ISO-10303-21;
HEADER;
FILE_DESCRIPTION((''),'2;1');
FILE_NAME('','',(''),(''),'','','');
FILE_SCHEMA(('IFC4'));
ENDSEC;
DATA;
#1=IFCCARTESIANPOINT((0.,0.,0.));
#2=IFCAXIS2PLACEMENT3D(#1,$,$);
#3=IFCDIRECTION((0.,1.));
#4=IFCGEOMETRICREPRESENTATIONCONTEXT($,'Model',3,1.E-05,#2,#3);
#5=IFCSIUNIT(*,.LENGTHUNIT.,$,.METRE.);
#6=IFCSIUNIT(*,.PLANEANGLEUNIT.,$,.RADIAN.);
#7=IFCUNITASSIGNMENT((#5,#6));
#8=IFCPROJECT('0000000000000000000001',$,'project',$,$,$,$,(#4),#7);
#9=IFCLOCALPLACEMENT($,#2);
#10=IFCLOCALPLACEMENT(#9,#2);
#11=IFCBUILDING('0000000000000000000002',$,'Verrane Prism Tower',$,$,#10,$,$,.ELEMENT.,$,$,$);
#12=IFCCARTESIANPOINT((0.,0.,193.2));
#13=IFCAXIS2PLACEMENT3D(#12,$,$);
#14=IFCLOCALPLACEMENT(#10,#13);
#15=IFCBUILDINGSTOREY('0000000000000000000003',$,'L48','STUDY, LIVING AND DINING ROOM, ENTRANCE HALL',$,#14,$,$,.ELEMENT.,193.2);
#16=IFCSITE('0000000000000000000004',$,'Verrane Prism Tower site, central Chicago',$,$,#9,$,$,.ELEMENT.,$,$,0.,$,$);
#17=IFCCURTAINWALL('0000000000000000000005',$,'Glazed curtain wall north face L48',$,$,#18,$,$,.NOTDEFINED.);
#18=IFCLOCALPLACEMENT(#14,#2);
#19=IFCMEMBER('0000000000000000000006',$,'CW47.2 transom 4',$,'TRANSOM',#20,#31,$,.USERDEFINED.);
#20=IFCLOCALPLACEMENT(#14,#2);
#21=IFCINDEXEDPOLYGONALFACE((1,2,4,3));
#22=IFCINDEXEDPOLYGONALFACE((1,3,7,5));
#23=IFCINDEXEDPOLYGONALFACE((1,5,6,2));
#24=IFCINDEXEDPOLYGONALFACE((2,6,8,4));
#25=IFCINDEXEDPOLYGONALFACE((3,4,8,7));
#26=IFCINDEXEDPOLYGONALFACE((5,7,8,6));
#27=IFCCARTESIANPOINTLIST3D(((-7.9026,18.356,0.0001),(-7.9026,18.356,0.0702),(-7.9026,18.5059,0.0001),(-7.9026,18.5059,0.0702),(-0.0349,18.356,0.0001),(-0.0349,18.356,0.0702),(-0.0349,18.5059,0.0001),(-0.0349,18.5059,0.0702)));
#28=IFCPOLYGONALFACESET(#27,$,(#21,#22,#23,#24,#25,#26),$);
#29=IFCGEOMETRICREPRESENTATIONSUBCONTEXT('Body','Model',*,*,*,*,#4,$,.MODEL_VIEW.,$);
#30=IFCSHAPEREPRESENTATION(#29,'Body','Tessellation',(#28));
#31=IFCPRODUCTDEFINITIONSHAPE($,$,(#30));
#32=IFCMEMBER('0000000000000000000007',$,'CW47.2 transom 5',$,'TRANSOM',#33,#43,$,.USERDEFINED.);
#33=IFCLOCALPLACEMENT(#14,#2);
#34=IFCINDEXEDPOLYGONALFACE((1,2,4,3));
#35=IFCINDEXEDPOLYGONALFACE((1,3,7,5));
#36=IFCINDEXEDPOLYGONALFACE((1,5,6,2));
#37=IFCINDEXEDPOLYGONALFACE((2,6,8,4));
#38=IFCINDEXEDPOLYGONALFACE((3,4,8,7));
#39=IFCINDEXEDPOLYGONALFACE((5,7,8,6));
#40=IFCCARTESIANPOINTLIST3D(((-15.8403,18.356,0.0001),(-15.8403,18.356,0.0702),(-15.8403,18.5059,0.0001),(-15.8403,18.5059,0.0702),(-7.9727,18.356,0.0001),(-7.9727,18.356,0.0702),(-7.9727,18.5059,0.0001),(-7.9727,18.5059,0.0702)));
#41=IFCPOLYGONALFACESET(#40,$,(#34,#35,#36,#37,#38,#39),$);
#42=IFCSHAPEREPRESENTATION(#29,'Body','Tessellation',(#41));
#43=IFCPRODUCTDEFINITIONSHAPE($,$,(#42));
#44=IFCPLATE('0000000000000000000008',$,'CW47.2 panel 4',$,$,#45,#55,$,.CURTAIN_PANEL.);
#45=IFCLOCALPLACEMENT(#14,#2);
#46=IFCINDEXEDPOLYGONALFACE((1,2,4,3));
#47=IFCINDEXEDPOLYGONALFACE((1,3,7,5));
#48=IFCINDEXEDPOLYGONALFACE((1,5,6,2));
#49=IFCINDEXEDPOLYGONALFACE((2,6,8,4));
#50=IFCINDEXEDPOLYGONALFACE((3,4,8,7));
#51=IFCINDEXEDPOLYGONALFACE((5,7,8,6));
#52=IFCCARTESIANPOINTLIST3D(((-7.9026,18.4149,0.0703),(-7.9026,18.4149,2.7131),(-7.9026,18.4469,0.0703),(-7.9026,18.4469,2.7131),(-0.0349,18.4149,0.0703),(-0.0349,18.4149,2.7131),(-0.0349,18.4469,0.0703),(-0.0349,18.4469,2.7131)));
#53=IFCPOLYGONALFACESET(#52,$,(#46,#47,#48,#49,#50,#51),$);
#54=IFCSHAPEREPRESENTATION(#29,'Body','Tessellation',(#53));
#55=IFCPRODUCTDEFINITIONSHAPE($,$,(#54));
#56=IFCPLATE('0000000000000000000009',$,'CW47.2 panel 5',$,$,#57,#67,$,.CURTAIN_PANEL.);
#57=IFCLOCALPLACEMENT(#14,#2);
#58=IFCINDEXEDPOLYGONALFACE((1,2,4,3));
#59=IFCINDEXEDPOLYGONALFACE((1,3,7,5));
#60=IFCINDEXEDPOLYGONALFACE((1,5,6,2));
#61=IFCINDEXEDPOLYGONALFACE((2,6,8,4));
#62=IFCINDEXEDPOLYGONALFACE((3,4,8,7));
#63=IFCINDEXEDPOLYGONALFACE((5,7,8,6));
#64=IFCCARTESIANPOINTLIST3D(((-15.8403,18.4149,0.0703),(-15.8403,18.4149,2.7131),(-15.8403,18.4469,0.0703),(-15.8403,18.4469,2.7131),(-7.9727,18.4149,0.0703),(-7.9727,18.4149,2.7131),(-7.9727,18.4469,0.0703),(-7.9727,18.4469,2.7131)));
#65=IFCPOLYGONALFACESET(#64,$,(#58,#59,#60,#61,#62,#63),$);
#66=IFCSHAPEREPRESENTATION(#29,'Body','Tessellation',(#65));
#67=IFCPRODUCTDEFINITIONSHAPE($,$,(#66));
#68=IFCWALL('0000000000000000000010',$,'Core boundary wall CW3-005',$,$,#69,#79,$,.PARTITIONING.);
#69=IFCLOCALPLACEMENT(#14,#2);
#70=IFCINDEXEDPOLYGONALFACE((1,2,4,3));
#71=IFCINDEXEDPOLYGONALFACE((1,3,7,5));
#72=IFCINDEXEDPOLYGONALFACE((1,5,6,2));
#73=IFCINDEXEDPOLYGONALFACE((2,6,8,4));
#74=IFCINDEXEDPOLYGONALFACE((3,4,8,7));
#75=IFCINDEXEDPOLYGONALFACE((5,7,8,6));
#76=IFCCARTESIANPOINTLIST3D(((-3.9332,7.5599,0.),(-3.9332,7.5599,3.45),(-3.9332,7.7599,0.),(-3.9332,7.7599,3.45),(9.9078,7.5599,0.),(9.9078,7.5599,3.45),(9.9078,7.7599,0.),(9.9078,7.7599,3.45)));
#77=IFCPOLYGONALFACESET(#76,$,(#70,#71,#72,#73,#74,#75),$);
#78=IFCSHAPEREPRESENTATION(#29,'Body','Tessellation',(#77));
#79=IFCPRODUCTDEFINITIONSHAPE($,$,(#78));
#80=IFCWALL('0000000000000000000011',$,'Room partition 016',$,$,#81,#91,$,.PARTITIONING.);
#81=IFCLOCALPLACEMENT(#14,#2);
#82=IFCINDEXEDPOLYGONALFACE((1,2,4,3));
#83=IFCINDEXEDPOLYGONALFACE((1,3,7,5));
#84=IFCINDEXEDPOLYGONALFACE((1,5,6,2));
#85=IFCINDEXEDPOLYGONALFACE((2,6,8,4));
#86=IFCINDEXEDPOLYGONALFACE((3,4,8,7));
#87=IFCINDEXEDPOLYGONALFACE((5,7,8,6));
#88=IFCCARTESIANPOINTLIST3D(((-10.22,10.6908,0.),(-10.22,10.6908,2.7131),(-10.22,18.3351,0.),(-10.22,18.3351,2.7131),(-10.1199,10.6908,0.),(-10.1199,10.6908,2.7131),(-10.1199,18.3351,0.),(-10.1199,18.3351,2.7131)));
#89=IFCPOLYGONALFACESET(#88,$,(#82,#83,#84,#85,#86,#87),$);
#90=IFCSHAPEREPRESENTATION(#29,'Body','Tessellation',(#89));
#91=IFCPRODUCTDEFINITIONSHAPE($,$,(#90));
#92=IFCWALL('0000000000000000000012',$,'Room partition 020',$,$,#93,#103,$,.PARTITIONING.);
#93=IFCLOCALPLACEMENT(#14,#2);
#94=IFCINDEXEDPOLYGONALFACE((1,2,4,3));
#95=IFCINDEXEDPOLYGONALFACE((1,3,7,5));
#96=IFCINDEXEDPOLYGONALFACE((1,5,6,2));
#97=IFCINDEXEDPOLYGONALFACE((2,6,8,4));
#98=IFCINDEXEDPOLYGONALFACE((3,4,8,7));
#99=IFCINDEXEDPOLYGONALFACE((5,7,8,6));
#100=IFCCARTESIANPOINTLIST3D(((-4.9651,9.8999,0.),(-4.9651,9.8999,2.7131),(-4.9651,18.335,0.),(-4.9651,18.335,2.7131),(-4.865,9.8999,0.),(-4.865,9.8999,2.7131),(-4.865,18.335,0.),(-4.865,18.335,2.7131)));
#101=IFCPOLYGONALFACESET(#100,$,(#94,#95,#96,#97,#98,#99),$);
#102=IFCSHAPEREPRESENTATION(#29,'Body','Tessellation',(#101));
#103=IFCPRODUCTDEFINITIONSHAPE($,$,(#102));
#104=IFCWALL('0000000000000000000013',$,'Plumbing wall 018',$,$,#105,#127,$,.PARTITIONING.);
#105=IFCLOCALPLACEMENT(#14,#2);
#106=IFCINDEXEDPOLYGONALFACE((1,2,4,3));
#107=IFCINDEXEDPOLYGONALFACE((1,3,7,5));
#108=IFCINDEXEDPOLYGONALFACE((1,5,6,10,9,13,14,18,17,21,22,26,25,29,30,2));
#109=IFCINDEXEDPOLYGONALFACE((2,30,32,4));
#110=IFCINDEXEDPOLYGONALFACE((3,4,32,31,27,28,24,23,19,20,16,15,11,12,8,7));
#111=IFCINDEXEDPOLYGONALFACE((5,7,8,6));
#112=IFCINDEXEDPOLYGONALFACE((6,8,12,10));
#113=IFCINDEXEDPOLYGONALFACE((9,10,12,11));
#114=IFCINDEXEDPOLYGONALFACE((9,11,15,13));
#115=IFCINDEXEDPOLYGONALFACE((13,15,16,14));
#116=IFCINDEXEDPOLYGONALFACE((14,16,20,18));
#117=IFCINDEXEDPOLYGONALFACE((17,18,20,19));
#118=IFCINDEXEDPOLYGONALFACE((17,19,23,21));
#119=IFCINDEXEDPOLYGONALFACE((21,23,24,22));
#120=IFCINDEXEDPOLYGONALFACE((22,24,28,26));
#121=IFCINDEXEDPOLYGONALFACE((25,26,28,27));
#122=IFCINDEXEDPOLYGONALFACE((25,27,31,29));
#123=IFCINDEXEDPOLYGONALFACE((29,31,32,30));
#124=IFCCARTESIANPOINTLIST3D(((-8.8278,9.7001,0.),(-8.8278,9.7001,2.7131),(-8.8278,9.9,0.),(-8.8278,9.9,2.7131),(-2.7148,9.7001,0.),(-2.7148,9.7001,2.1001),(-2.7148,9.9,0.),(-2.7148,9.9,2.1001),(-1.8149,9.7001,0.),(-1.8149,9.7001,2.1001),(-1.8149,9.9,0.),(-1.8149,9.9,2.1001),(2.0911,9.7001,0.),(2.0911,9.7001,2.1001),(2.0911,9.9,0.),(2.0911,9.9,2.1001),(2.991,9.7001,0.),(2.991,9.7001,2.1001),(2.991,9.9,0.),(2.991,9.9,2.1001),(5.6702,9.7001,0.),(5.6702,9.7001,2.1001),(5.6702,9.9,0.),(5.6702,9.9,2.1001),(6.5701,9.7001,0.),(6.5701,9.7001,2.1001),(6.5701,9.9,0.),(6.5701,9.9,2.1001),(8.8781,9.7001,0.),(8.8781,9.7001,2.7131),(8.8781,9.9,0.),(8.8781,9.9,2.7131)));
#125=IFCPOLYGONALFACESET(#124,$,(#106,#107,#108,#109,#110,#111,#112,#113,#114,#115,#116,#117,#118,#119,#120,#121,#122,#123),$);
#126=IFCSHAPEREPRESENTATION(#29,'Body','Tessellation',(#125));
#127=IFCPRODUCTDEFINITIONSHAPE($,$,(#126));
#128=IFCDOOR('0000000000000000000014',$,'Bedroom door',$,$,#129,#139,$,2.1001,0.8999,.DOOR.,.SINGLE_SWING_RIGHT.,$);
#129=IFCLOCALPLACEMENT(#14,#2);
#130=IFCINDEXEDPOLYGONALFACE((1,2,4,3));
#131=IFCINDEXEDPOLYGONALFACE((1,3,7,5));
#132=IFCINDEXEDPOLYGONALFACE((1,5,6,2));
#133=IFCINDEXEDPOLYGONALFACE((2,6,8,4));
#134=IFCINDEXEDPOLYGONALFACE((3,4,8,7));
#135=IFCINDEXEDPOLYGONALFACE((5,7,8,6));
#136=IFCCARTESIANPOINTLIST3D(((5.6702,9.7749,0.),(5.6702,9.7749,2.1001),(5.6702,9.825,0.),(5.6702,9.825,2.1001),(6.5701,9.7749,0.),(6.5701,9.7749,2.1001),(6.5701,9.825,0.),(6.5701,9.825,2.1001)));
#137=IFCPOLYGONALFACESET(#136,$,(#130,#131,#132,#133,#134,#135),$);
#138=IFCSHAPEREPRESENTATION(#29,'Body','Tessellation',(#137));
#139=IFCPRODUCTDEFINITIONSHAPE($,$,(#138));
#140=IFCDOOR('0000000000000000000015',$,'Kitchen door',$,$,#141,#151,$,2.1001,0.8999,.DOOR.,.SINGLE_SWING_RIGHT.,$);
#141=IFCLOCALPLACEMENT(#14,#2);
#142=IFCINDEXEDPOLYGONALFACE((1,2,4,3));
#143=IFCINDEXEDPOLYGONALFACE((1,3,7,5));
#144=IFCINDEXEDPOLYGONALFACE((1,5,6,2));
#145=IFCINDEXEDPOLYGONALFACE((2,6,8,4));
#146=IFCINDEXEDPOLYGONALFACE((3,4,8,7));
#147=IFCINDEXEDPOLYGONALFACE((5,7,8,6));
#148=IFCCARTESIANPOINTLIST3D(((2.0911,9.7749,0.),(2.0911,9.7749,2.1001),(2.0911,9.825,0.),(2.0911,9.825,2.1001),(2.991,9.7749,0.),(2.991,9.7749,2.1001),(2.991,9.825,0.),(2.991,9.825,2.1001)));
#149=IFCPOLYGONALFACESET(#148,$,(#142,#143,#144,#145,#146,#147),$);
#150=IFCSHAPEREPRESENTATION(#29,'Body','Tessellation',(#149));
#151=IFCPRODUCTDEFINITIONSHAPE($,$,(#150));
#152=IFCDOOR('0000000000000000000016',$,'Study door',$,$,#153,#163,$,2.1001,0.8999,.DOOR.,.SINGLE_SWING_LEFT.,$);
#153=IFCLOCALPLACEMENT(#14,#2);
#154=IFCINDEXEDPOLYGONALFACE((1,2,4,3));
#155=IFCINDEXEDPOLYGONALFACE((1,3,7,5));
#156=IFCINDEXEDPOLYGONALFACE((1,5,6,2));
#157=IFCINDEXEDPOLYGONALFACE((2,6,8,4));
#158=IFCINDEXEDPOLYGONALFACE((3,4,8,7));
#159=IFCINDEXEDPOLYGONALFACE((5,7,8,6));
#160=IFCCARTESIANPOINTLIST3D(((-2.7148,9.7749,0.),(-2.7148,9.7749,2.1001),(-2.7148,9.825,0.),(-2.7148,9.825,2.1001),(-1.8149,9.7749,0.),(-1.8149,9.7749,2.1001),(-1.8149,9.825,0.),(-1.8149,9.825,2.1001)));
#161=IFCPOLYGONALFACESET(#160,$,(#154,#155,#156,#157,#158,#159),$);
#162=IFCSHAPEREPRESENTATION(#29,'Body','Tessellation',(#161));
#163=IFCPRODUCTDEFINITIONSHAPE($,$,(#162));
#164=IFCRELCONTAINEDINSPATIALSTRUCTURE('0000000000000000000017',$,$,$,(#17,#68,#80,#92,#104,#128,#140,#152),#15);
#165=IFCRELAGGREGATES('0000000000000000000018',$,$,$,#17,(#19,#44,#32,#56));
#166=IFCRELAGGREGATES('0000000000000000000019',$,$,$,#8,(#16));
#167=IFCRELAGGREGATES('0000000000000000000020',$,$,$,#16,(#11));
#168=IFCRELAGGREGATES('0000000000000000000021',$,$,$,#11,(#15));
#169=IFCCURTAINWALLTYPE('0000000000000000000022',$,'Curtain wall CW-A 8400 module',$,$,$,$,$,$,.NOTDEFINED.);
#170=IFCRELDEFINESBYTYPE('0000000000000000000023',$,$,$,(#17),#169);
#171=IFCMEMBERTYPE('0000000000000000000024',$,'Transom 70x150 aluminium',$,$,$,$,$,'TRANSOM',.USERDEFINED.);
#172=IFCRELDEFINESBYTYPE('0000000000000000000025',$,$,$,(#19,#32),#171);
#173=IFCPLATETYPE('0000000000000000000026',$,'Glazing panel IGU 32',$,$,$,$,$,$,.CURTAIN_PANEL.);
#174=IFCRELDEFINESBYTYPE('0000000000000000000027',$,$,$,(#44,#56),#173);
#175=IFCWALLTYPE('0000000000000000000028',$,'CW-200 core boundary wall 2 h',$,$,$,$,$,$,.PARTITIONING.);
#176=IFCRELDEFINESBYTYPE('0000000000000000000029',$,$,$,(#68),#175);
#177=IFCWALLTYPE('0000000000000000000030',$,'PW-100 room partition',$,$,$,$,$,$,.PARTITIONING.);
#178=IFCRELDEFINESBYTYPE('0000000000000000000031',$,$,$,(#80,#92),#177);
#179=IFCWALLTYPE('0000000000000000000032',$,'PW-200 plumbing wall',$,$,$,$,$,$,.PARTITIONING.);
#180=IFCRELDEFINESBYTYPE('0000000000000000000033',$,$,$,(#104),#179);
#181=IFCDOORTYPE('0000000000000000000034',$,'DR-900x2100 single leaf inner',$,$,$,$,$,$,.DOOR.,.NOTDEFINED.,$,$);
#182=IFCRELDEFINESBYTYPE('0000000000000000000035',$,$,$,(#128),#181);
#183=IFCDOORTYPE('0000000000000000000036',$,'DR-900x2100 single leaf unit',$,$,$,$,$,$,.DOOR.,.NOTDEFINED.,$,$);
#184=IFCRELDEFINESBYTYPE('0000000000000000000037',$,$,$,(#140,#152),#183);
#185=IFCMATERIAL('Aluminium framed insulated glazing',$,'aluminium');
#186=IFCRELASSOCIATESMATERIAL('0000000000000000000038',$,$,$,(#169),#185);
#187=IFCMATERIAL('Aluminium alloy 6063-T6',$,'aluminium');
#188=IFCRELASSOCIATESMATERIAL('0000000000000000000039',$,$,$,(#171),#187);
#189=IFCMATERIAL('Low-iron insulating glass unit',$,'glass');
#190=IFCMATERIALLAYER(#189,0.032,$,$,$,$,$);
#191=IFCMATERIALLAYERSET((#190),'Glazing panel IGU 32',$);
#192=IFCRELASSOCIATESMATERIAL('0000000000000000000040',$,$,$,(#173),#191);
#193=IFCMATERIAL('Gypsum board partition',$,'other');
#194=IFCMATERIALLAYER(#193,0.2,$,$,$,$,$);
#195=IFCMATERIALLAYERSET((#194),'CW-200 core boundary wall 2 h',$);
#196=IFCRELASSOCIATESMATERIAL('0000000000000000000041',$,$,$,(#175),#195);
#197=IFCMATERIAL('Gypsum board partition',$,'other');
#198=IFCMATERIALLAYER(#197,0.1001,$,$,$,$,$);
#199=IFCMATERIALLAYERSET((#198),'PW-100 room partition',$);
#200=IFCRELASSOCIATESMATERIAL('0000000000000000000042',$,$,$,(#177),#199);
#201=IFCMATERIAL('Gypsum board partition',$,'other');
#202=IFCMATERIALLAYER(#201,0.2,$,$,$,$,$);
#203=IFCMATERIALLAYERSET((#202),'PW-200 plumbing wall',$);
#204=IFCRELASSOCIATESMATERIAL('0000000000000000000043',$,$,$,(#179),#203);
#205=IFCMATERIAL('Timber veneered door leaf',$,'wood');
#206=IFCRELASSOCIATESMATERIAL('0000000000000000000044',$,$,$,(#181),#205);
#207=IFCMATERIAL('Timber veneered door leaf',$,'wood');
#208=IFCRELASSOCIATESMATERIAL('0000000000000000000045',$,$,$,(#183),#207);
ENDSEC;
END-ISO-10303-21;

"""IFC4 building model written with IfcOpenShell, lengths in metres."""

from ifc_helpers import new_model, si_unit, direction, frame, frame_2d, origin, origin_2d, place, context, subcontext, project, spatial, rectangle, extrude, material, layer, layer_set, material_profile, profile_set, type_object, element, fill, aggregate, save


model = new_model("IFC4")

# Units and contexts
model_context = context("Model", 3, precision=1e-05, world=origin(), true_north=direction((0.0, 1.0)))
body_context = subcontext(model_context, "Body", "Model", "MODEL_VIEW")
ifc_project = project(units=[si_unit("LENGTHUNIT", "METRE"), si_unit("PLANEANGLEUNIT", "RADIAN")], contexts=[model_context])

# Site, building, storey
site_placement = place(None, origin())
site = spatial("IfcSite", under=ifc_project, at=site_placement, Name="Verrane Prism Tower site, central Chicago", CompositionType="ELEMENT", RefElevation=0.0)
building_placement = place(site_placement, origin())
building = spatial("IfcBuilding", under=site, at=building_placement, Name="Verrane Prism Tower", CompositionType="ELEMENT")
storey_placement = place(building_placement, frame((0.0, 0.0, 193.2)))
storey = spatial("IfcBuildingStorey", under=building, at=storey_placement, Name="L48", Description="STUDY, LIVING AND DINING ROOM, ENTRANCE HALL", CompositionType="ELEMENT", Elevation=193.2)

# Curtain wall
ifc_material_1 = material(Name="Aluminium framed insulated glazing", Category="aluminium")
curtain_wall_type = type_object("IfcCurtainWallType", Name="Curtain wall CW-A 8400 module", PredefinedType="NOTDEFINED", material=ifc_material_1)
curtain_wall_placement = place(storey_placement, origin())
curtain_wall = element("IfcCurtainWall", 1, at=curtain_wall_placement, inside=storey, type_object=curtain_wall_type, Name="Glazed curtain wall north face L48", PredefinedType="NOTDEFINED")

# Members
ifc_material_2 = material(Name="Aluminium alloy 6063-T6", Category="aluminium")
ifc_material_profile_1 = material_profile(ifc_material_2, rectangle(XDim=0.1499, YDim=0.0701, at=origin_2d()), Name="Transom 70x150 aluminium")
ifc_profile_set_1 = profile_set([ifc_material_profile_1], Name="Aluminium alloy 6063-T6")
member_type_1 = type_object("IfcMemberType", Name="Transom 70x150 aluminium", ElementType="TRANSOM", PredefinedType="USERDEFINED", material=ifc_profile_set_1)
member_1_placement = place(storey_placement, frame((-0.0349, 18.4309, 0.0352), z_axis=(-1.0, 0.0, 0.0), x_axis=(0.0, -1.0, 0.0)))
member_1 = element("IfcMember", 2, at=member_1_placement, type_object=member_type_1, Name="CW47.2 transom 4", ObjectType="TRANSOM", PredefinedType="USERDEFINED", context=body_context, shape_type="SweptSolid", body=[
    extrude(rectangle(XDim=0.1499, YDim=0.0701, at=origin_2d()), origin(), (0.0, 0.0, 1.0), 7.8677),
])
member_2_placement = place(storey_placement, frame((-7.9727, 18.4309, 0.0352), z_axis=(-1.0, 0.0, 0.0), x_axis=(0.0, -1.0, 0.0)))
member_2 = element("IfcMember", 3, at=member_2_placement, type_object=member_type_1, Name="CW47.2 transom 5", ObjectType="TRANSOM", PredefinedType="USERDEFINED", context=body_context, shape_type="SweptSolid", body=[
    extrude(rectangle(XDim=0.1499, YDim=0.0701, at=origin_2d()), origin(), (0.0, 0.0, 1.0), 7.8677),
])

# Plates
ifc_material_3 = material(Name="Low-iron insulating glass unit", Category="glass")
ifc_layer_1 = layer(ifc_material_3, 0.032)
ifc_layer_set_1 = layer_set([ifc_layer_1], Name="Glazing panel IGU 32")
plate_type = type_object("IfcPlateType", Name="Glazing panel IGU 32", PredefinedType="CURTAIN_PANEL", material=ifc_layer_set_1)
plate_1_placement = place(storey_placement, frame((-3.9688, 18.4309, 0.0703), z_axis=(0.0, 0.0, 1.0), x_axis=(-1.0, 0.0, 0.0)))
plate_1 = element("IfcPlate", 4, at=plate_1_placement, type_object=plate_type, Name="CW47.2 panel 4", PredefinedType="CURTAIN_PANEL", context=body_context, shape_type="SweptSolid", body=[
    extrude(rectangle(XDim=7.8677, YDim=0.032, at=origin_2d()), origin(), (0.0, 0.0, 1.0), 2.6428),
])
plate_2_placement = place(storey_placement, frame((-11.9065, 18.4309, 0.0703), z_axis=(0.0, 0.0, 1.0), x_axis=(-1.0, 0.0, 0.0)))
plate_2 = element("IfcPlate", 5, at=plate_2_placement, type_object=plate_type, Name="CW47.2 panel 5", PredefinedType="CURTAIN_PANEL", context=body_context, shape_type="SweptSolid", body=[
    extrude(rectangle(XDim=7.8677, YDim=0.032, at=origin_2d()), origin(), (0.0, 0.0, 1.0), 2.6428),
])
aggregate(curtain_wall, [member_1, plate_1, member_2, plate_2])

# Walls
ifc_material_4 = material(Name="Gypsum board partition", Category="other")
ifc_layer_2 = layer(ifc_material_4, 0.2)
ifc_layer_set_2 = layer_set([ifc_layer_2], Name="CW-200 core boundary wall 2 h")
wall_type_1 = type_object("IfcWallType", Name="CW-200 core boundary wall 2 h", PredefinedType="PARTITIONING", material=ifc_layer_set_2)
wall_1_placement = place(storey_placement, frame((-3.9331, 7.6599, 0.0), z_axis=(0.0, 0.0, 1.0), x_axis=(1.0, 0.0, 0.0)))
element("IfcWall", 6, at=wall_1_placement, inside=storey, type_object=wall_type_1, Name="Core boundary wall CW3-005", PredefinedType="PARTITIONING", context=body_context, shape_type="SweptSolid", body=[
    extrude(rectangle(XDim=13.8411, YDim=0.2, at=frame_2d((6.9204, 0.0))), origin(), (0.0, 0.0, 1.0), 3.45),
])
ifc_material_5 = material(Name="Gypsum board partition", Category="other")
ifc_layer_3 = layer(ifc_material_5, 0.1001)
ifc_layer_set_3 = layer_set([ifc_layer_3], Name="PW-100 room partition")
wall_type_2 = type_object("IfcWallType", Name="PW-100 room partition", PredefinedType="PARTITIONING", material=ifc_layer_set_3)
wall_2_placement = place(storey_placement, frame((-10.1699, 10.6907, 0.0), z_axis=(0.0, 0.0, 1.0), x_axis=(0.0, 1.0, 0.0)))
element("IfcWall", 7, at=wall_2_placement, inside=storey, type_object=wall_type_2, Name="Room partition 016", PredefinedType="PARTITIONING", context=body_context, shape_type="SweptSolid", body=[
    extrude(rectangle(XDim=7.6443, YDim=0.1001, at=frame_2d((3.8223, 0.0))), origin(), (0.0, 0.0, 1.0), 2.7131),
])
wall_3_placement = place(storey_placement, frame((-4.915, 9.8999, 0.0), z_axis=(0.0, 0.0, 1.0), x_axis=(0.0, 1.0, 0.0)))
element("IfcWall", 8, at=wall_3_placement, inside=storey, type_object=wall_type_2, Name="Room partition 020", PredefinedType="PARTITIONING", context=body_context, shape_type="SweptSolid", body=[
    extrude(rectangle(XDim=8.4351, YDim=0.1001, at=frame_2d((4.2175, 0.0))), origin(), (0.0, 0.0, 1.0), 2.7131),
])

# Wall, openings, doors
ifc_material_6 = material(Name="Gypsum board partition", Category="other")
ifc_layer_4 = layer(ifc_material_6, 0.2)
ifc_layer_set_4 = layer_set([ifc_layer_4], Name="PW-200 plumbing wall")
wall_type_3 = type_object("IfcWallType", Name="PW-200 plumbing wall", PredefinedType="PARTITIONING", material=ifc_layer_set_4)
wall_4_placement = place(storey_placement, frame((-8.8279, 9.8, 0.0), z_axis=(0.0, 0.0, 1.0), x_axis=(1.0, 0.0, 0.0)))
wall_4 = element("IfcWall", 9, at=wall_4_placement, inside=storey, type_object=wall_type_3, Name="Plumbing wall 018", PredefinedType="PARTITIONING", context=body_context, shape_type="SweptSolid", body=[
    extrude(rectangle(XDim=17.7058, YDim=0.2, at=frame_2d((8.853, 0.0))), origin(), (0.0, 0.0, 1.0), 2.7131),
])
opening_1_placement = place(wall_4_placement, frame((14.498, 0.0, 0.0)))
opening_1 = element("IfcOpeningElement", 10, at=opening_1_placement, cuts=wall_4, PredefinedType="OPENING", context=body_context, shape_type="SweptSolid", body=[
    extrude(rectangle(XDim=0.8999, YDim=2.1001, at=frame_2d((0.45, 1.05))), frame((0.0, 0.1099, 0.0), z_axis=(0.0, -1.0, 0.0), x_axis=(1.0, 0.0, 0.0)), (0.0, 0.0, 1.0), 0.22),
])
opening_2_placement = place(wall_4_placement, frame((10.9189, 0.0, 0.0)))
opening_2 = element("IfcOpeningElement", 11, at=opening_2_placement, cuts=wall_4, PredefinedType="OPENING", context=body_context, shape_type="SweptSolid", body=[
    extrude(rectangle(XDim=0.8999, YDim=2.1001, at=frame_2d((0.45, 1.05))), frame((0.0, 0.1099, 0.0), z_axis=(0.0, -1.0, 0.0), x_axis=(1.0, 0.0, 0.0)), (0.0, 0.0, 1.0), 0.22),
])
opening_3_placement = place(wall_4_placement, frame((6.113, 0.0, 0.0)))
opening_3 = element("IfcOpeningElement", 12, at=opening_3_placement, cuts=wall_4, PredefinedType="OPENING", context=body_context, shape_type="SweptSolid", body=[
    extrude(rectangle(XDim=0.8999, YDim=2.1001, at=frame_2d((0.45, 1.05))), frame((0.0, 0.1099, 0.0), z_axis=(0.0, -1.0, 0.0), x_axis=(1.0, 0.0, 0.0)), (0.0, 0.0, 1.0), 0.22),
])
ifc_material_7 = material(Name="Timber veneered door leaf", Category="wood")
door_type_1 = type_object("IfcDoorType", Name="DR-900x2100 single leaf inner", OperationType="NOTDEFINED", PredefinedType="DOOR", material=ifc_material_7)
door_1_placement = place(opening_1_placement, origin())
door_1 = element("IfcDoor", 13, at=door_1_placement, inside=storey, type_object=door_type_1, Name="Bedroom door", OperationType="SINGLE_SWING_RIGHT", OverallHeight=2.1001, OverallWidth=0.8999, PredefinedType="DOOR", context=body_context, shape_type="SweptSolid", body=[
    extrude(rectangle(XDim=0.8999, YDim=2.1001, at=frame_2d((0.45, 1.05))), frame((0.0, 0.0249, 0.0), z_axis=(0.0, -1.0, 0.0), x_axis=(1.0, 0.0, 0.0)), (0.0, 0.0, 1.0), 0.05),
])
fill(opening_1, door_1)
ifc_material_8 = material(Name="Timber veneered door leaf", Category="wood")
door_type_2 = type_object("IfcDoorType", Name="DR-900x2100 single leaf unit", OperationType="NOTDEFINED", PredefinedType="DOOR", material=ifc_material_8)
door_2_placement = place(opening_2_placement, origin())
door_2 = element("IfcDoor", 14, at=door_2_placement, inside=storey, type_object=door_type_2, Name="Kitchen door", OperationType="SINGLE_SWING_RIGHT", OverallHeight=2.1001, OverallWidth=0.8999, PredefinedType="DOOR", context=body_context, shape_type="SweptSolid", body=[
    extrude(rectangle(XDim=0.8999, YDim=2.1001, at=frame_2d((0.45, 1.05))), frame((0.0, 0.0249, 0.0), z_axis=(0.0, -1.0, 0.0), x_axis=(1.0, 0.0, 0.0)), (0.0, 0.0, 1.0), 0.05),
])
fill(opening_2, door_2)
door_3_placement = place(opening_3_placement, origin())
door_3 = element("IfcDoor", 15, at=door_3_placement, inside=storey, type_object=door_type_2, Name="Study door", OperationType="SINGLE_SWING_LEFT", OverallHeight=2.1001, OverallWidth=0.8999, PredefinedType="DOOR", context=body_context, shape_type="SweptSolid", body=[
    extrude(rectangle(XDim=0.8999, YDim=2.1001, at=frame_2d((0.45, 1.05))), frame((0.0, 0.0249, 0.0), z_axis=(0.0, -1.0, 0.0), x_axis=(1.0, 0.0, 0.0)), (0.0, 0.0, 1.0), 0.05),
])
fill(opening_3, door_3)

save(model, "model.ifc")
